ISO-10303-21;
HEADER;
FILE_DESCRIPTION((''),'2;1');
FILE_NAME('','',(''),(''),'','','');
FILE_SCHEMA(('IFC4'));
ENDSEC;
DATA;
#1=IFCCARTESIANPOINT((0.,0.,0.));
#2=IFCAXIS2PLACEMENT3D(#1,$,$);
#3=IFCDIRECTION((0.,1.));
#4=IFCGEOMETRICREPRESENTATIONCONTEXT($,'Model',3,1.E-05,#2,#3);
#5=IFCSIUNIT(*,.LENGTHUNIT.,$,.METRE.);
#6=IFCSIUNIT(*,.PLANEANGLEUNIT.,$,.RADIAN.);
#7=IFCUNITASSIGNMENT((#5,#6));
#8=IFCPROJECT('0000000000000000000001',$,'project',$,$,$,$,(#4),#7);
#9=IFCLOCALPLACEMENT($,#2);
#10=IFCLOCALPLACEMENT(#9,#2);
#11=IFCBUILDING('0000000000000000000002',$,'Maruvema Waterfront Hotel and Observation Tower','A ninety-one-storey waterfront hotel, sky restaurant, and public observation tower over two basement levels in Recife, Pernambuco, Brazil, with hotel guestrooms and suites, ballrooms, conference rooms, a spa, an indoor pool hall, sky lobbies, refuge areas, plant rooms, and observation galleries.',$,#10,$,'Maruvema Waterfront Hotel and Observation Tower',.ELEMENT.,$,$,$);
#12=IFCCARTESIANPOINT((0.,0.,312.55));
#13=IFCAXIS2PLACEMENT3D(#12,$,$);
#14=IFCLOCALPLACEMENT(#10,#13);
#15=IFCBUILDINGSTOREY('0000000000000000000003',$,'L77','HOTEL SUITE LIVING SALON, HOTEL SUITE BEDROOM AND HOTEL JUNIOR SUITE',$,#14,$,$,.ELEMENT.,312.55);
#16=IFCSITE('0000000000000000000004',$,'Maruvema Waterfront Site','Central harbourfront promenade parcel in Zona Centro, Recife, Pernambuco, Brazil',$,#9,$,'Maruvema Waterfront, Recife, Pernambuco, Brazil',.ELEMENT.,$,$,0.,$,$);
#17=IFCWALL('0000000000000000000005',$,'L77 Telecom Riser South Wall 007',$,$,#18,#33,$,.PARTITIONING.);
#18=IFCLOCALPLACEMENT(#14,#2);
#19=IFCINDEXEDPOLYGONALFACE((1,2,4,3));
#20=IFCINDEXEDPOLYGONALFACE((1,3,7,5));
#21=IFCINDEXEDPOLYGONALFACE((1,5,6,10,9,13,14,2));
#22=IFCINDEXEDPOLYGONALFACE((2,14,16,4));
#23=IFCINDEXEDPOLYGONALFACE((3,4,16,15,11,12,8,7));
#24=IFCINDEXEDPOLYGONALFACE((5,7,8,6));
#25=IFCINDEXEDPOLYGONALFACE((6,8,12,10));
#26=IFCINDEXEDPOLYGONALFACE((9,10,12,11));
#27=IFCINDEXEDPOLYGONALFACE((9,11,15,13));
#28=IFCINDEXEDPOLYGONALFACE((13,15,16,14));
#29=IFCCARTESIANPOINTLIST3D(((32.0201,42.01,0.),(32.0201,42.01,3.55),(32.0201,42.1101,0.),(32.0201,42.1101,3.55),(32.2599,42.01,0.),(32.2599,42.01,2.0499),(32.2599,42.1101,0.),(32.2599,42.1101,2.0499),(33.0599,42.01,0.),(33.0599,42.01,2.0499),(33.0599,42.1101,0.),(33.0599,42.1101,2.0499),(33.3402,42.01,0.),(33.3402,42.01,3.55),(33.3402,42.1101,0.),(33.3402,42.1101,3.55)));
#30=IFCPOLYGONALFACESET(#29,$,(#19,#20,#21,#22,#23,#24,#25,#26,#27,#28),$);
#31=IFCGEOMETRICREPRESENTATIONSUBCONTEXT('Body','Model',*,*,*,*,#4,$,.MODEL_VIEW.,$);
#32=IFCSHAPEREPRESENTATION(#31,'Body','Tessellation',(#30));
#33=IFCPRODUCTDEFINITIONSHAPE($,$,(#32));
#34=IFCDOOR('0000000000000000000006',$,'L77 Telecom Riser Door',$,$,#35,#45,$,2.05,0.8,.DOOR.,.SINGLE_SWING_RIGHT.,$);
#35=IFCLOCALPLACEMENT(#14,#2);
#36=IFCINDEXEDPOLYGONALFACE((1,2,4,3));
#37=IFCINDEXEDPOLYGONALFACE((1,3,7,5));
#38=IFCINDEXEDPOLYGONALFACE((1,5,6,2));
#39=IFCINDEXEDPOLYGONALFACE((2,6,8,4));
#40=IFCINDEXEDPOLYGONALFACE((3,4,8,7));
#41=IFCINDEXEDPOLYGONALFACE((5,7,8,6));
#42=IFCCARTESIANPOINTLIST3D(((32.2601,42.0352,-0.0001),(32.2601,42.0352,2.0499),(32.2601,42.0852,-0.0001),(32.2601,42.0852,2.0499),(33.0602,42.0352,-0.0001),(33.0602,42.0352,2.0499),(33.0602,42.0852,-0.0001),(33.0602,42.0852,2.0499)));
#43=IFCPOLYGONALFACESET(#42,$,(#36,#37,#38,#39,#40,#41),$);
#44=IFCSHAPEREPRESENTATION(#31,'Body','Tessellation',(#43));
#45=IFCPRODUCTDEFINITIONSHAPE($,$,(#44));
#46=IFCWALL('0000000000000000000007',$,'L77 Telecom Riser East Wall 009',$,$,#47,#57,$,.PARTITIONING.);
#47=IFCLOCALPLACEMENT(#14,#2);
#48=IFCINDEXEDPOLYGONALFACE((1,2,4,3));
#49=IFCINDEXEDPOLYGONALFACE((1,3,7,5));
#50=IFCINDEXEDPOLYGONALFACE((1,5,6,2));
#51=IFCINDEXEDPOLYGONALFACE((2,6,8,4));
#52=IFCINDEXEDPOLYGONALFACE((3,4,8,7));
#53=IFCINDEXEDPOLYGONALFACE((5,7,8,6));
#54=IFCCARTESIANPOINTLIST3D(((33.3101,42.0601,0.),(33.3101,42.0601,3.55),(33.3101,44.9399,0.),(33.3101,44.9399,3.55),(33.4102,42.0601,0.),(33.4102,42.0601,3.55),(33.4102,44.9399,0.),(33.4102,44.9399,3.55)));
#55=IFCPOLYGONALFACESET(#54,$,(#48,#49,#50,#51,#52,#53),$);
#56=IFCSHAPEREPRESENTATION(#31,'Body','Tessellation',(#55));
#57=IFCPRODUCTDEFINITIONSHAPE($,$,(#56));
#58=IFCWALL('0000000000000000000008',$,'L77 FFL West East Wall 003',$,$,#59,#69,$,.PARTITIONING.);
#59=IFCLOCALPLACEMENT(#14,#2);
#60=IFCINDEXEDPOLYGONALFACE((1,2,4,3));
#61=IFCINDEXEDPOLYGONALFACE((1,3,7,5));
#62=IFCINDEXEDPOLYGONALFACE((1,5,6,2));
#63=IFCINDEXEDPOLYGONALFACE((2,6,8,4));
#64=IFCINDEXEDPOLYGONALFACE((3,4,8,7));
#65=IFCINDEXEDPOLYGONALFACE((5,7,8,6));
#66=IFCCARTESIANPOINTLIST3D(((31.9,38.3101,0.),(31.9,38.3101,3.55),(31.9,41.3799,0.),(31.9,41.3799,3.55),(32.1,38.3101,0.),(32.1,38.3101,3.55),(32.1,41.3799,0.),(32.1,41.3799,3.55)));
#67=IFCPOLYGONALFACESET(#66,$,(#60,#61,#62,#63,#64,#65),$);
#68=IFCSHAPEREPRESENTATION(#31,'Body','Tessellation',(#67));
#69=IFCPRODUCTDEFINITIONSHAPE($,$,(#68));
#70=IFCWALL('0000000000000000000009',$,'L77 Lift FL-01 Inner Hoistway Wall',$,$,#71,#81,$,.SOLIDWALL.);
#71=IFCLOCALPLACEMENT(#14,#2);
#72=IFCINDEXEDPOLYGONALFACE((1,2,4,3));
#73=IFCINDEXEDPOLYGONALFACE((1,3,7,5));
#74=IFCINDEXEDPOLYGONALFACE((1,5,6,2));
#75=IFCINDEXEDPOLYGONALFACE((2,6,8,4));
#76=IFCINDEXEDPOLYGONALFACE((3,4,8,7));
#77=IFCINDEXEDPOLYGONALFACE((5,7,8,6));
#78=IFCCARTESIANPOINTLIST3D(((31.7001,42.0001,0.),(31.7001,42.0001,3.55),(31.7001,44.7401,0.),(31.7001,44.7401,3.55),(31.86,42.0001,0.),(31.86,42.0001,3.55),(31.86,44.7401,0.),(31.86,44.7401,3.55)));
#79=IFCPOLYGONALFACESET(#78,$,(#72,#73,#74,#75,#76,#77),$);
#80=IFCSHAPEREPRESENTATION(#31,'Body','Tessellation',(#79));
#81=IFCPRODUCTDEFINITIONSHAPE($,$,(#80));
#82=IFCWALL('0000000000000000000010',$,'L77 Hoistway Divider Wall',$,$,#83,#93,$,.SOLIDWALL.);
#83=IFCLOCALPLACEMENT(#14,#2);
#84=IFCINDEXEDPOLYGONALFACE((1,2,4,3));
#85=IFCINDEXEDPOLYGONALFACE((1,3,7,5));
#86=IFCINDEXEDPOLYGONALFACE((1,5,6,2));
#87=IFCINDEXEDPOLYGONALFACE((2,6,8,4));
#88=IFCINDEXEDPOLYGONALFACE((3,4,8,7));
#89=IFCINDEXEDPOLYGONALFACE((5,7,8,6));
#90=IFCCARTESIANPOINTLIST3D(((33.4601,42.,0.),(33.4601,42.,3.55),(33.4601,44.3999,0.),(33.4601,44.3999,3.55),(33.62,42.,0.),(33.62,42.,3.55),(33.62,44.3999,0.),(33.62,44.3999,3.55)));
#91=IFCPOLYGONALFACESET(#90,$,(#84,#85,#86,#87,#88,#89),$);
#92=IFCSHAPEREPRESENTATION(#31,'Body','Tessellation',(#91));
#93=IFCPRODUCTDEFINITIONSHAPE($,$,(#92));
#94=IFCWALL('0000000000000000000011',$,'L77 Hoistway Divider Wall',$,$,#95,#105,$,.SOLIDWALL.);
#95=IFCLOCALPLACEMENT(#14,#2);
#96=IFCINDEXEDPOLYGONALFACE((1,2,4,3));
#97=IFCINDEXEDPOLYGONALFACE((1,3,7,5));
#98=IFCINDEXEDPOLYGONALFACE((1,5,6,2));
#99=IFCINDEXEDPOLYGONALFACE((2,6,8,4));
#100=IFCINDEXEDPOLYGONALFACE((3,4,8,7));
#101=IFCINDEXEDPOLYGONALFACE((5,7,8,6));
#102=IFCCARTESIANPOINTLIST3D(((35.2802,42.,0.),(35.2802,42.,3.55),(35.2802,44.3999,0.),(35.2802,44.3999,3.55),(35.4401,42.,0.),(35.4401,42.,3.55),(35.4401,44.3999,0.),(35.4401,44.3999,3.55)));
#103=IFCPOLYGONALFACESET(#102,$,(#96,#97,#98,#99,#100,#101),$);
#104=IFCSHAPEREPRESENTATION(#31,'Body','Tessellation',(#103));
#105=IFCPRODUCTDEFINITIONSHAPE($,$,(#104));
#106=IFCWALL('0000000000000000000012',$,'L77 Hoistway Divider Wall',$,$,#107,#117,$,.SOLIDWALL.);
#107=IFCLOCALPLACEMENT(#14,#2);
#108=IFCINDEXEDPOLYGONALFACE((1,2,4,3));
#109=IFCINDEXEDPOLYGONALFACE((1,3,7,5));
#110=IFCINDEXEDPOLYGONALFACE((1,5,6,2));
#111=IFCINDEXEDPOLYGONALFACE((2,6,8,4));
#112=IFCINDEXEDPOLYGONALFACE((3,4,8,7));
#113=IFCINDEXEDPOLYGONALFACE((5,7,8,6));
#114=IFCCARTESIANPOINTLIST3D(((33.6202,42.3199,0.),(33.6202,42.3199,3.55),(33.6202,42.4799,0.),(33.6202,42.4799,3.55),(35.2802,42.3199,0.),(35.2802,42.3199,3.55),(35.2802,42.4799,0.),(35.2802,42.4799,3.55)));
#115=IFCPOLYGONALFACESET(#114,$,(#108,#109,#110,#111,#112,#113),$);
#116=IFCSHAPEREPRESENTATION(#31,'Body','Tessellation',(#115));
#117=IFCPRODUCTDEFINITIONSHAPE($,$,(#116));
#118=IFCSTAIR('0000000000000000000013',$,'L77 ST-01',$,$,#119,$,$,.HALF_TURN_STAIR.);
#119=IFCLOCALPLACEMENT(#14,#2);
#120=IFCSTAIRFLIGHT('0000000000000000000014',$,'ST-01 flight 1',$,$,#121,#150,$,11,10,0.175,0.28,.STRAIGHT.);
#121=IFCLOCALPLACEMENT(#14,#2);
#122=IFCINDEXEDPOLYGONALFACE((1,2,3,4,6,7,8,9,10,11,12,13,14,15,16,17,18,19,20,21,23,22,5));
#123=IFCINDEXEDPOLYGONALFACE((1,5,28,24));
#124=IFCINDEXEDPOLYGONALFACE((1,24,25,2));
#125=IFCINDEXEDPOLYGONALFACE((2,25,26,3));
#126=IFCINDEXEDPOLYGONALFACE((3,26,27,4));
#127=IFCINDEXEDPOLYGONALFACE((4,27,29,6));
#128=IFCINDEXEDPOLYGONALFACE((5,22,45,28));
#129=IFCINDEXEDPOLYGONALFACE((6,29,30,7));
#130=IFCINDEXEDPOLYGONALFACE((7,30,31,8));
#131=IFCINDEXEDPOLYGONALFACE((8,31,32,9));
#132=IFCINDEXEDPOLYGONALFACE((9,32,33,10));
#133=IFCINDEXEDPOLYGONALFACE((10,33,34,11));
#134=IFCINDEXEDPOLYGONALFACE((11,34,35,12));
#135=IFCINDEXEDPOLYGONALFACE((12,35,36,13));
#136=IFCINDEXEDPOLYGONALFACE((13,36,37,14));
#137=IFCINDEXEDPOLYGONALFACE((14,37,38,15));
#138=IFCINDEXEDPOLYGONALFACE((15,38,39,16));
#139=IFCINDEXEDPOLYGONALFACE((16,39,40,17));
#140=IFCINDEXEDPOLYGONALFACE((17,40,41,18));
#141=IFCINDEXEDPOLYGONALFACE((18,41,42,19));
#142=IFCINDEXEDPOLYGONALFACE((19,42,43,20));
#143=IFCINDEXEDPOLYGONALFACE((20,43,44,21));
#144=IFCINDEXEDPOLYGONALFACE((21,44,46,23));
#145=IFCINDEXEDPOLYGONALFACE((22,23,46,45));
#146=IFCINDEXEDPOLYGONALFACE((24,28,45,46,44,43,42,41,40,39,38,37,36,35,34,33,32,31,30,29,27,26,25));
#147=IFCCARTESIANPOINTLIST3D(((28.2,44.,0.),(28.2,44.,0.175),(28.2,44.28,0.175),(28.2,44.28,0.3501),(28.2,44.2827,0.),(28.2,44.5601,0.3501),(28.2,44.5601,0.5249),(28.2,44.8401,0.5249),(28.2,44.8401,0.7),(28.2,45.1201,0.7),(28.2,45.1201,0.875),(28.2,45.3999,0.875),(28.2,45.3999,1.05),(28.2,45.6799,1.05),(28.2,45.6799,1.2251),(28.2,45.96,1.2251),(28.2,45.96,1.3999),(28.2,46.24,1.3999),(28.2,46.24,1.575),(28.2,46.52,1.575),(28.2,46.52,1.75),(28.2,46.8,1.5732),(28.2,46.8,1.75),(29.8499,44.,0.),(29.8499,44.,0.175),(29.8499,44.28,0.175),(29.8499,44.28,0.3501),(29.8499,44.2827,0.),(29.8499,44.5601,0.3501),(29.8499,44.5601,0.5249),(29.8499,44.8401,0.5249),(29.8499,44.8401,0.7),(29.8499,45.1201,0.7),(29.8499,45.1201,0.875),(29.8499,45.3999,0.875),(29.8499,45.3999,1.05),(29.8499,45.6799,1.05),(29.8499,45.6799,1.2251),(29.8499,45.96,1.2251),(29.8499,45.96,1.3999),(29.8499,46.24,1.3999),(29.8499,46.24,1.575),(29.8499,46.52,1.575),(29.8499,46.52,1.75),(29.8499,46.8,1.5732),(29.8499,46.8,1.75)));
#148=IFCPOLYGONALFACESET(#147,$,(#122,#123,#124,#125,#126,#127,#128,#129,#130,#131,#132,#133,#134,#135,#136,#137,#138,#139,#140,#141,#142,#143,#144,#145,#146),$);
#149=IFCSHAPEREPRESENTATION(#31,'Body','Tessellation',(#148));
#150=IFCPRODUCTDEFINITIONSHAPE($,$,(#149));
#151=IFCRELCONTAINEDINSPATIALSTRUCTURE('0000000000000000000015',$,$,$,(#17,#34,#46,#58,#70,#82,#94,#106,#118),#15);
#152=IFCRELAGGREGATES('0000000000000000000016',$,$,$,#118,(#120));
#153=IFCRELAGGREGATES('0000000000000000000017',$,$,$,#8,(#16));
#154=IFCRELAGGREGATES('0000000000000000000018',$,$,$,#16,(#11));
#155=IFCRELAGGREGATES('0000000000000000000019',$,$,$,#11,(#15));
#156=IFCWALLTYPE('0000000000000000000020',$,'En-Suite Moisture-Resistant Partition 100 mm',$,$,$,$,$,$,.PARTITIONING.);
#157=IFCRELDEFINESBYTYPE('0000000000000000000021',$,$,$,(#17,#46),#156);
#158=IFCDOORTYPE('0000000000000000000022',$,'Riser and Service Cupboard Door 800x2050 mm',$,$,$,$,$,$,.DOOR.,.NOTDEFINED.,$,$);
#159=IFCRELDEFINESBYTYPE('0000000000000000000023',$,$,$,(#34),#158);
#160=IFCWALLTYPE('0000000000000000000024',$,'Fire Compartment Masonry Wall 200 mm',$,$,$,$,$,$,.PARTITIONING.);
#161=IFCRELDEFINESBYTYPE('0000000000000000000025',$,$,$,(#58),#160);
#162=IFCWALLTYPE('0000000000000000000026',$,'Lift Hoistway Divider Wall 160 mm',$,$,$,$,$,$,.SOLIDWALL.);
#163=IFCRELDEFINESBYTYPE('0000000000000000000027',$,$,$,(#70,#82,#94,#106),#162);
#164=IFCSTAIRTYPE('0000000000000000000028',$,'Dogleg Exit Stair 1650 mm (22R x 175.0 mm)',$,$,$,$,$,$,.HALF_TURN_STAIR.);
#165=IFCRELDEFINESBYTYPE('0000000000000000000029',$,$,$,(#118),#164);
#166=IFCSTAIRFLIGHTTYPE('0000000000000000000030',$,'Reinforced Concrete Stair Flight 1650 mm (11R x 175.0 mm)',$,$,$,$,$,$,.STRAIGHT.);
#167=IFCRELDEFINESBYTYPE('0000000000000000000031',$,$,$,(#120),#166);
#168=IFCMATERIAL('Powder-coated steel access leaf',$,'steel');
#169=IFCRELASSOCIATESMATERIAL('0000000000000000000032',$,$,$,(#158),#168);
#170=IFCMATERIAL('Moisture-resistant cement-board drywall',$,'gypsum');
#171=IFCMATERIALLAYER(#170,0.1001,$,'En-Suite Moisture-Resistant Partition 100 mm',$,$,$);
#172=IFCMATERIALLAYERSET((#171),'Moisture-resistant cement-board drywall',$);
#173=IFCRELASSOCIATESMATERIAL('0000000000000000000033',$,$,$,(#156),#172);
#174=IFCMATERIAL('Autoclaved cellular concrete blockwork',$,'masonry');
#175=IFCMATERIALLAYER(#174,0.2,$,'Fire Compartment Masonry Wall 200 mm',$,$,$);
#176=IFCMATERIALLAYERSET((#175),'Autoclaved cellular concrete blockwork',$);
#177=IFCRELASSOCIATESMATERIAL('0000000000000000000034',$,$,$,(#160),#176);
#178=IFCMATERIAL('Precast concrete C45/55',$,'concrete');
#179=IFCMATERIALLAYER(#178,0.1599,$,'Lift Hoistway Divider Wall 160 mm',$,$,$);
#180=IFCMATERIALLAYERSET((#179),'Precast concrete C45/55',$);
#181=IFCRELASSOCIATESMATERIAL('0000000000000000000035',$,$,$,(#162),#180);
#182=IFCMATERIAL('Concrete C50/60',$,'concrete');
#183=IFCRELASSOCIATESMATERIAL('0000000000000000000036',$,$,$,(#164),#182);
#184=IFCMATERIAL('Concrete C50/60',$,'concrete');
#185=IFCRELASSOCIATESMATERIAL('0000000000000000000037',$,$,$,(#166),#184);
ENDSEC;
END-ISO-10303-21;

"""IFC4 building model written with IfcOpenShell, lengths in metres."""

from ifc_helpers import new_model, si_unit, direction, frame, frame_2d, origin, place, context, subcontext, project, spatial, polyline, rectangle, outline, extrude, material, layer, layer_set, type_object, element, fill, aggregate, save


model = new_model("IFC4")

# Units and contexts
model_context = context("Model", 3, precision=1e-05, world=origin(), true_north=direction((0.0, 1.0)))
body_context = subcontext(model_context, "Body", "Model", "MODEL_VIEW")
ifc_project = project(units=[si_unit("LENGTHUNIT", "METRE"), si_unit("PLANEANGLEUNIT", "RADIAN")], contexts=[model_context])

# Site, building, storey
site_placement = place(None, origin())
site = spatial("IfcSite", under=ifc_project, at=site_placement, Name="Maruvema Waterfront Site", Description="Central harbourfront promenade parcel in Zona Centro, Recife, Pernambuco, Brazil", LongName="Maruvema Waterfront, Recife, Pernambuco, Brazil", CompositionType="ELEMENT", RefElevation=0.0)
building_placement = place(site_placement, origin())
building = spatial("IfcBuilding", under=site, at=building_placement, Name="Maruvema Waterfront Hotel and Observation Tower", Description="A ninety-one-storey waterfront hotel, sky restaurant, and public observation tower over two basement levels in Recife, Pernambuco, Brazil, with hotel guestrooms and suites, ballrooms, conference rooms, a spa, an indoor pool hall, sky lobbies, refuge areas, plant rooms, and observation galleries.", LongName="Maruvema Waterfront Hotel and Observation Tower", CompositionType="ELEMENT")
storey_placement = place(building_placement, frame((0.0, 0.0, 312.55)))
storey = spatial("IfcBuildingStorey", under=building, at=storey_placement, Name="L77", Description="HOTEL SUITE LIVING SALON, HOTEL SUITE BEDROOM AND HOTEL JUNIOR SUITE", CompositionType="ELEMENT", Elevation=312.55)

# Shared definitions
ifc_material_1 = material(Name="Powder-coated steel access leaf", Category="steel")
door_type_1 = type_object("IfcDoorType", Name="Riser and Service Cupboard Door 800x2050 mm", OperationType="NOTDEFINED", PredefinedType="DOOR", material=ifc_material_1)

# Wall, opening, door
ifc_material_2 = material(Name="Moisture-resistant cement-board drywall", Category="gypsum")
ifc_layer_1 = layer(ifc_material_2, 0.1001, Name="En-Suite Moisture-Resistant Partition 100 mm")
ifc_layer_set_1 = layer_set([ifc_layer_1], Name="Moisture-resistant cement-board drywall")
wall_type_1 = type_object("IfcWallType", Name="En-Suite Moisture-Resistant Partition 100 mm", PredefinedType="PARTITIONING", material=ifc_layer_set_1)
wall_1_placement = place(storey_placement, frame((32.02, 42.0601, 0.0), z_axis=(0.0, 0.0, 1.0), x_axis=(1.0, 0.0, 0.0)))
wall_1 = element("IfcWall", 1, at=wall_1_placement, inside=storey, type_object=wall_type_1, Name="L77 Telecom Riser South Wall 007", PredefinedType="PARTITIONING", context=body_context, shape_type="SweptSolid", body=[
    extrude(rectangle(XDim=1.3201, YDim=0.1001, at=frame_2d((0.6602, 0.0))), origin(), (0.0, 0.0, 1.0), 3.55),
])
opening_1_placement = place(wall_1_placement, frame((0.24, 0.0, 0.0)))
opening_1 = element("IfcOpeningElement", 2, at=opening_1_placement, cuts=wall_1, PredefinedType="OPENING", context=body_context, shape_type="SweptSolid", body=[
    extrude(rectangle(XDim=0.8, YDim=2.05, at=frame_2d((0.3999, 1.0249))), frame((0.0, 0.0601, 0.0), z_axis=(0.0, -1.0, 0.0), x_axis=(1.0, 0.0, 0.0)), (0.0, 0.0, 1.0), 0.1201),
])
door_1_placement = place(opening_1_placement, frame((0.8, 0.0, 0.0), z_axis=(0.0, 0.0, 1.0), x_axis=(-1.0, 0.0, 0.0)))
door_1 = element("IfcDoor", 3, at=door_1_placement, inside=storey, type_object=door_type_1, Name="L77 Telecom Riser Door", OperationType="SINGLE_SWING_RIGHT", OverallHeight=2.05, OverallWidth=0.8, PredefinedType="DOOR", context=body_context, shape_type="SweptSolid", body=[
    extrude(rectangle(XDim=0.8, YDim=2.05, at=frame_2d((0.3999, 1.0249))), frame((0.0, 0.0249, 0.0), z_axis=(0.0, -1.0, 0.0), x_axis=(1.0, 0.0, 0.0)), (0.0, 0.0, 1.0), 0.05),
])
fill(opening_1, door_1)

# Walls
wall_2_placement = place(storey_placement, frame((33.3601, 42.0601, 0.0), z_axis=(0.0, 0.0, 1.0), x_axis=(0.0, 1.0, 0.0)))
element("IfcWall", 4, at=wall_2_placement, inside=storey, type_object=wall_type_1, Name="L77 Telecom Riser East Wall 009", PredefinedType="PARTITIONING", context=body_context, shape_type="SweptSolid", body=[
    extrude(rectangle(XDim=2.8799, YDim=0.1001, at=frame_2d((1.4399, 0.0))), origin(), (0.0, 0.0, 1.0), 3.55),
])
ifc_material_3 = material(Name="Autoclaved cellular concrete blockwork", Category="masonry")
ifc_layer_2 = layer(ifc_material_3, 0.2, Name="Fire Compartment Masonry Wall 200 mm")
ifc_layer_set_2 = layer_set([ifc_layer_2], Name="Autoclaved cellular concrete blockwork")
wall_type_2 = type_object("IfcWallType", Name="Fire Compartment Masonry Wall 200 mm", PredefinedType="PARTITIONING", material=ifc_layer_set_2)
wall_3_placement = place(storey_placement, frame((32.0, 38.3101, 0.0), z_axis=(0.0, 0.0, 1.0), x_axis=(0.0, 1.0, 0.0)))
element("IfcWall", 5, at=wall_3_placement, inside=storey, type_object=wall_type_2, Name="L77 FFL West East Wall 003", PredefinedType="PARTITIONING", context=body_context, shape_type="SweptSolid", body=[
    extrude(rectangle(XDim=3.0698, YDim=0.2, at=frame_2d((1.5349, 0.0))), origin(), (0.0, 0.0, 1.0), 3.55),
])
ifc_material_4 = material(Name="Precast concrete C45/55", Category="concrete")
ifc_layer_3 = layer(ifc_material_4, 0.1599, Name="Lift Hoistway Divider Wall 160 mm")
ifc_layer_set_3 = layer_set([ifc_layer_3], Name="Precast concrete C45/55")
wall_type_3 = type_object("IfcWallType", Name="Lift Hoistway Divider Wall 160 mm", PredefinedType="SOLIDWALL", material=ifc_layer_set_3)
wall_4_placement = place(storey_placement, frame((31.78, 42.0, 0.0), z_axis=(0.0, 0.0, 1.0), x_axis=(0.0, 1.0, 0.0)))
element("IfcWall", 6, at=wall_4_placement, inside=storey, type_object=wall_type_3, Name="L77 Lift FL-01 Inner Hoistway Wall", PredefinedType="SOLIDWALL", context=body_context, shape_type="SweptSolid", body=[
    extrude(rectangle(XDim=2.74, YDim=0.1599, at=frame_2d((1.3701, 0.0))), origin(), (0.0, 0.0, 1.0), 3.55),
])
for number, where, z_axis, x_axis, name in (
    (7, (33.54, 42.0, 0.0), (0.0, 0.0, 1.0), (0.0, 1.0, 0.0), "L77 Hoistway Divider Wall"),
    (8, (35.3601, 42.0, 0.0), (0.0, 0.0, 1.0), (0.0, 1.0, 0.0), "L77 Hoistway Divider Wall"),
):
    element("IfcWall", number, at=place(storey_placement, frame(where, z_axis=z_axis, x_axis=x_axis)), inside=storey, type_object=wall_type_3, Name=name, PredefinedType="SOLIDWALL", context=body_context, shape_type="SweptSolid", body=[
        extrude(rectangle(XDim=2.3999, YDim=0.1599, at=frame_2d((1.2, 0.0))), origin(), (0.0, 0.0, 1.0), 3.55),
    ])
wall_5_placement = place(storey_placement, frame((33.6201, 42.3999, 0.0), z_axis=(0.0, 0.0, 1.0), x_axis=(1.0, 0.0, 0.0)))
element("IfcWall", 9, at=wall_5_placement, inside=storey, type_object=wall_type_3, Name="L77 Hoistway Divider Wall", PredefinedType="SOLIDWALL", context=body_context, shape_type="SweptSolid", body=[
    extrude(rectangle(XDim=1.6599, YDim=0.1599, at=frame_2d((0.8301, 0.0))), origin(), (0.0, 0.0, 1.0), 3.55),
])

# Stair, stair flight
ifc_material_5 = material(Name="Concrete C50/60", Category="concrete")
stair_type = type_object("IfcStairType", Name="Dogleg Exit Stair 1650 mm (22R x 175.0 mm)", PredefinedType="HALF_TURN_STAIR", material=ifc_material_5)
stair_placement = place(storey_placement, origin())
stair = element("IfcStair", 10, at=stair_placement, inside=storey, type_object=stair_type, Name="L77 ST-01", PredefinedType="HALF_TURN_STAIR")
ifc_material_6 = material(Name="Concrete C50/60", Category="concrete")
stair_flight_type = type_object("IfcStairFlightType", Name="Reinforced Concrete Stair Flight 1650 mm (11R x 175.0 mm)", PredefinedType="STRAIGHT", material=ifc_material_6)
stair_flight_placement = place(storey_placement, frame((29.0249, 44.0, 0.0), z_axis=(0.0, 0.0, 1.0), x_axis=(0.0, 1.0, 0.0)))
stair_flight = element("IfcStairFlight", 11, at=stair_flight_placement, type_object=stair_flight_type, Name="ST-01 flight 1", NumberOfRisers=11, NumberOfTreads=10, PredefinedType="STRAIGHT", RiserHeight=0.175, TreadLength=0.28, context=body_context, shape_type="SweptSolid", body=[
    extrude(outline(polyline([(0.0, 0.0), (0.0, 0.175), (0.28, 0.175), (0.28, 0.3501), (0.5601, 0.3501), (0.5601, 0.5249), (0.8401, 0.5249), (0.8401, 0.7), (1.1201, 0.7), (1.1201, 0.875), (1.3999, 0.875), (1.3999, 1.05), (1.6799, 1.05), (1.6799, 1.2251), (1.96, 1.2251), (1.96, 1.3999), (2.24, 1.3999), (2.24, 1.575), (2.52, 1.575), (2.52, 1.75), (2.8, 1.75), (2.8, 1.925), (2.8, 1.5732), (0.2827, 0.0), (0.0, 0.0)])), frame((0.0, 0.825, 0.0), z_axis=(0.0, -1.0, 0.0), x_axis=(1.0, 0.0, 0.0)), (0.0, 0.0, 1.0), 1.6499),
])
aggregate(stair, [stair_flight])

save(model, "model.ifc")
